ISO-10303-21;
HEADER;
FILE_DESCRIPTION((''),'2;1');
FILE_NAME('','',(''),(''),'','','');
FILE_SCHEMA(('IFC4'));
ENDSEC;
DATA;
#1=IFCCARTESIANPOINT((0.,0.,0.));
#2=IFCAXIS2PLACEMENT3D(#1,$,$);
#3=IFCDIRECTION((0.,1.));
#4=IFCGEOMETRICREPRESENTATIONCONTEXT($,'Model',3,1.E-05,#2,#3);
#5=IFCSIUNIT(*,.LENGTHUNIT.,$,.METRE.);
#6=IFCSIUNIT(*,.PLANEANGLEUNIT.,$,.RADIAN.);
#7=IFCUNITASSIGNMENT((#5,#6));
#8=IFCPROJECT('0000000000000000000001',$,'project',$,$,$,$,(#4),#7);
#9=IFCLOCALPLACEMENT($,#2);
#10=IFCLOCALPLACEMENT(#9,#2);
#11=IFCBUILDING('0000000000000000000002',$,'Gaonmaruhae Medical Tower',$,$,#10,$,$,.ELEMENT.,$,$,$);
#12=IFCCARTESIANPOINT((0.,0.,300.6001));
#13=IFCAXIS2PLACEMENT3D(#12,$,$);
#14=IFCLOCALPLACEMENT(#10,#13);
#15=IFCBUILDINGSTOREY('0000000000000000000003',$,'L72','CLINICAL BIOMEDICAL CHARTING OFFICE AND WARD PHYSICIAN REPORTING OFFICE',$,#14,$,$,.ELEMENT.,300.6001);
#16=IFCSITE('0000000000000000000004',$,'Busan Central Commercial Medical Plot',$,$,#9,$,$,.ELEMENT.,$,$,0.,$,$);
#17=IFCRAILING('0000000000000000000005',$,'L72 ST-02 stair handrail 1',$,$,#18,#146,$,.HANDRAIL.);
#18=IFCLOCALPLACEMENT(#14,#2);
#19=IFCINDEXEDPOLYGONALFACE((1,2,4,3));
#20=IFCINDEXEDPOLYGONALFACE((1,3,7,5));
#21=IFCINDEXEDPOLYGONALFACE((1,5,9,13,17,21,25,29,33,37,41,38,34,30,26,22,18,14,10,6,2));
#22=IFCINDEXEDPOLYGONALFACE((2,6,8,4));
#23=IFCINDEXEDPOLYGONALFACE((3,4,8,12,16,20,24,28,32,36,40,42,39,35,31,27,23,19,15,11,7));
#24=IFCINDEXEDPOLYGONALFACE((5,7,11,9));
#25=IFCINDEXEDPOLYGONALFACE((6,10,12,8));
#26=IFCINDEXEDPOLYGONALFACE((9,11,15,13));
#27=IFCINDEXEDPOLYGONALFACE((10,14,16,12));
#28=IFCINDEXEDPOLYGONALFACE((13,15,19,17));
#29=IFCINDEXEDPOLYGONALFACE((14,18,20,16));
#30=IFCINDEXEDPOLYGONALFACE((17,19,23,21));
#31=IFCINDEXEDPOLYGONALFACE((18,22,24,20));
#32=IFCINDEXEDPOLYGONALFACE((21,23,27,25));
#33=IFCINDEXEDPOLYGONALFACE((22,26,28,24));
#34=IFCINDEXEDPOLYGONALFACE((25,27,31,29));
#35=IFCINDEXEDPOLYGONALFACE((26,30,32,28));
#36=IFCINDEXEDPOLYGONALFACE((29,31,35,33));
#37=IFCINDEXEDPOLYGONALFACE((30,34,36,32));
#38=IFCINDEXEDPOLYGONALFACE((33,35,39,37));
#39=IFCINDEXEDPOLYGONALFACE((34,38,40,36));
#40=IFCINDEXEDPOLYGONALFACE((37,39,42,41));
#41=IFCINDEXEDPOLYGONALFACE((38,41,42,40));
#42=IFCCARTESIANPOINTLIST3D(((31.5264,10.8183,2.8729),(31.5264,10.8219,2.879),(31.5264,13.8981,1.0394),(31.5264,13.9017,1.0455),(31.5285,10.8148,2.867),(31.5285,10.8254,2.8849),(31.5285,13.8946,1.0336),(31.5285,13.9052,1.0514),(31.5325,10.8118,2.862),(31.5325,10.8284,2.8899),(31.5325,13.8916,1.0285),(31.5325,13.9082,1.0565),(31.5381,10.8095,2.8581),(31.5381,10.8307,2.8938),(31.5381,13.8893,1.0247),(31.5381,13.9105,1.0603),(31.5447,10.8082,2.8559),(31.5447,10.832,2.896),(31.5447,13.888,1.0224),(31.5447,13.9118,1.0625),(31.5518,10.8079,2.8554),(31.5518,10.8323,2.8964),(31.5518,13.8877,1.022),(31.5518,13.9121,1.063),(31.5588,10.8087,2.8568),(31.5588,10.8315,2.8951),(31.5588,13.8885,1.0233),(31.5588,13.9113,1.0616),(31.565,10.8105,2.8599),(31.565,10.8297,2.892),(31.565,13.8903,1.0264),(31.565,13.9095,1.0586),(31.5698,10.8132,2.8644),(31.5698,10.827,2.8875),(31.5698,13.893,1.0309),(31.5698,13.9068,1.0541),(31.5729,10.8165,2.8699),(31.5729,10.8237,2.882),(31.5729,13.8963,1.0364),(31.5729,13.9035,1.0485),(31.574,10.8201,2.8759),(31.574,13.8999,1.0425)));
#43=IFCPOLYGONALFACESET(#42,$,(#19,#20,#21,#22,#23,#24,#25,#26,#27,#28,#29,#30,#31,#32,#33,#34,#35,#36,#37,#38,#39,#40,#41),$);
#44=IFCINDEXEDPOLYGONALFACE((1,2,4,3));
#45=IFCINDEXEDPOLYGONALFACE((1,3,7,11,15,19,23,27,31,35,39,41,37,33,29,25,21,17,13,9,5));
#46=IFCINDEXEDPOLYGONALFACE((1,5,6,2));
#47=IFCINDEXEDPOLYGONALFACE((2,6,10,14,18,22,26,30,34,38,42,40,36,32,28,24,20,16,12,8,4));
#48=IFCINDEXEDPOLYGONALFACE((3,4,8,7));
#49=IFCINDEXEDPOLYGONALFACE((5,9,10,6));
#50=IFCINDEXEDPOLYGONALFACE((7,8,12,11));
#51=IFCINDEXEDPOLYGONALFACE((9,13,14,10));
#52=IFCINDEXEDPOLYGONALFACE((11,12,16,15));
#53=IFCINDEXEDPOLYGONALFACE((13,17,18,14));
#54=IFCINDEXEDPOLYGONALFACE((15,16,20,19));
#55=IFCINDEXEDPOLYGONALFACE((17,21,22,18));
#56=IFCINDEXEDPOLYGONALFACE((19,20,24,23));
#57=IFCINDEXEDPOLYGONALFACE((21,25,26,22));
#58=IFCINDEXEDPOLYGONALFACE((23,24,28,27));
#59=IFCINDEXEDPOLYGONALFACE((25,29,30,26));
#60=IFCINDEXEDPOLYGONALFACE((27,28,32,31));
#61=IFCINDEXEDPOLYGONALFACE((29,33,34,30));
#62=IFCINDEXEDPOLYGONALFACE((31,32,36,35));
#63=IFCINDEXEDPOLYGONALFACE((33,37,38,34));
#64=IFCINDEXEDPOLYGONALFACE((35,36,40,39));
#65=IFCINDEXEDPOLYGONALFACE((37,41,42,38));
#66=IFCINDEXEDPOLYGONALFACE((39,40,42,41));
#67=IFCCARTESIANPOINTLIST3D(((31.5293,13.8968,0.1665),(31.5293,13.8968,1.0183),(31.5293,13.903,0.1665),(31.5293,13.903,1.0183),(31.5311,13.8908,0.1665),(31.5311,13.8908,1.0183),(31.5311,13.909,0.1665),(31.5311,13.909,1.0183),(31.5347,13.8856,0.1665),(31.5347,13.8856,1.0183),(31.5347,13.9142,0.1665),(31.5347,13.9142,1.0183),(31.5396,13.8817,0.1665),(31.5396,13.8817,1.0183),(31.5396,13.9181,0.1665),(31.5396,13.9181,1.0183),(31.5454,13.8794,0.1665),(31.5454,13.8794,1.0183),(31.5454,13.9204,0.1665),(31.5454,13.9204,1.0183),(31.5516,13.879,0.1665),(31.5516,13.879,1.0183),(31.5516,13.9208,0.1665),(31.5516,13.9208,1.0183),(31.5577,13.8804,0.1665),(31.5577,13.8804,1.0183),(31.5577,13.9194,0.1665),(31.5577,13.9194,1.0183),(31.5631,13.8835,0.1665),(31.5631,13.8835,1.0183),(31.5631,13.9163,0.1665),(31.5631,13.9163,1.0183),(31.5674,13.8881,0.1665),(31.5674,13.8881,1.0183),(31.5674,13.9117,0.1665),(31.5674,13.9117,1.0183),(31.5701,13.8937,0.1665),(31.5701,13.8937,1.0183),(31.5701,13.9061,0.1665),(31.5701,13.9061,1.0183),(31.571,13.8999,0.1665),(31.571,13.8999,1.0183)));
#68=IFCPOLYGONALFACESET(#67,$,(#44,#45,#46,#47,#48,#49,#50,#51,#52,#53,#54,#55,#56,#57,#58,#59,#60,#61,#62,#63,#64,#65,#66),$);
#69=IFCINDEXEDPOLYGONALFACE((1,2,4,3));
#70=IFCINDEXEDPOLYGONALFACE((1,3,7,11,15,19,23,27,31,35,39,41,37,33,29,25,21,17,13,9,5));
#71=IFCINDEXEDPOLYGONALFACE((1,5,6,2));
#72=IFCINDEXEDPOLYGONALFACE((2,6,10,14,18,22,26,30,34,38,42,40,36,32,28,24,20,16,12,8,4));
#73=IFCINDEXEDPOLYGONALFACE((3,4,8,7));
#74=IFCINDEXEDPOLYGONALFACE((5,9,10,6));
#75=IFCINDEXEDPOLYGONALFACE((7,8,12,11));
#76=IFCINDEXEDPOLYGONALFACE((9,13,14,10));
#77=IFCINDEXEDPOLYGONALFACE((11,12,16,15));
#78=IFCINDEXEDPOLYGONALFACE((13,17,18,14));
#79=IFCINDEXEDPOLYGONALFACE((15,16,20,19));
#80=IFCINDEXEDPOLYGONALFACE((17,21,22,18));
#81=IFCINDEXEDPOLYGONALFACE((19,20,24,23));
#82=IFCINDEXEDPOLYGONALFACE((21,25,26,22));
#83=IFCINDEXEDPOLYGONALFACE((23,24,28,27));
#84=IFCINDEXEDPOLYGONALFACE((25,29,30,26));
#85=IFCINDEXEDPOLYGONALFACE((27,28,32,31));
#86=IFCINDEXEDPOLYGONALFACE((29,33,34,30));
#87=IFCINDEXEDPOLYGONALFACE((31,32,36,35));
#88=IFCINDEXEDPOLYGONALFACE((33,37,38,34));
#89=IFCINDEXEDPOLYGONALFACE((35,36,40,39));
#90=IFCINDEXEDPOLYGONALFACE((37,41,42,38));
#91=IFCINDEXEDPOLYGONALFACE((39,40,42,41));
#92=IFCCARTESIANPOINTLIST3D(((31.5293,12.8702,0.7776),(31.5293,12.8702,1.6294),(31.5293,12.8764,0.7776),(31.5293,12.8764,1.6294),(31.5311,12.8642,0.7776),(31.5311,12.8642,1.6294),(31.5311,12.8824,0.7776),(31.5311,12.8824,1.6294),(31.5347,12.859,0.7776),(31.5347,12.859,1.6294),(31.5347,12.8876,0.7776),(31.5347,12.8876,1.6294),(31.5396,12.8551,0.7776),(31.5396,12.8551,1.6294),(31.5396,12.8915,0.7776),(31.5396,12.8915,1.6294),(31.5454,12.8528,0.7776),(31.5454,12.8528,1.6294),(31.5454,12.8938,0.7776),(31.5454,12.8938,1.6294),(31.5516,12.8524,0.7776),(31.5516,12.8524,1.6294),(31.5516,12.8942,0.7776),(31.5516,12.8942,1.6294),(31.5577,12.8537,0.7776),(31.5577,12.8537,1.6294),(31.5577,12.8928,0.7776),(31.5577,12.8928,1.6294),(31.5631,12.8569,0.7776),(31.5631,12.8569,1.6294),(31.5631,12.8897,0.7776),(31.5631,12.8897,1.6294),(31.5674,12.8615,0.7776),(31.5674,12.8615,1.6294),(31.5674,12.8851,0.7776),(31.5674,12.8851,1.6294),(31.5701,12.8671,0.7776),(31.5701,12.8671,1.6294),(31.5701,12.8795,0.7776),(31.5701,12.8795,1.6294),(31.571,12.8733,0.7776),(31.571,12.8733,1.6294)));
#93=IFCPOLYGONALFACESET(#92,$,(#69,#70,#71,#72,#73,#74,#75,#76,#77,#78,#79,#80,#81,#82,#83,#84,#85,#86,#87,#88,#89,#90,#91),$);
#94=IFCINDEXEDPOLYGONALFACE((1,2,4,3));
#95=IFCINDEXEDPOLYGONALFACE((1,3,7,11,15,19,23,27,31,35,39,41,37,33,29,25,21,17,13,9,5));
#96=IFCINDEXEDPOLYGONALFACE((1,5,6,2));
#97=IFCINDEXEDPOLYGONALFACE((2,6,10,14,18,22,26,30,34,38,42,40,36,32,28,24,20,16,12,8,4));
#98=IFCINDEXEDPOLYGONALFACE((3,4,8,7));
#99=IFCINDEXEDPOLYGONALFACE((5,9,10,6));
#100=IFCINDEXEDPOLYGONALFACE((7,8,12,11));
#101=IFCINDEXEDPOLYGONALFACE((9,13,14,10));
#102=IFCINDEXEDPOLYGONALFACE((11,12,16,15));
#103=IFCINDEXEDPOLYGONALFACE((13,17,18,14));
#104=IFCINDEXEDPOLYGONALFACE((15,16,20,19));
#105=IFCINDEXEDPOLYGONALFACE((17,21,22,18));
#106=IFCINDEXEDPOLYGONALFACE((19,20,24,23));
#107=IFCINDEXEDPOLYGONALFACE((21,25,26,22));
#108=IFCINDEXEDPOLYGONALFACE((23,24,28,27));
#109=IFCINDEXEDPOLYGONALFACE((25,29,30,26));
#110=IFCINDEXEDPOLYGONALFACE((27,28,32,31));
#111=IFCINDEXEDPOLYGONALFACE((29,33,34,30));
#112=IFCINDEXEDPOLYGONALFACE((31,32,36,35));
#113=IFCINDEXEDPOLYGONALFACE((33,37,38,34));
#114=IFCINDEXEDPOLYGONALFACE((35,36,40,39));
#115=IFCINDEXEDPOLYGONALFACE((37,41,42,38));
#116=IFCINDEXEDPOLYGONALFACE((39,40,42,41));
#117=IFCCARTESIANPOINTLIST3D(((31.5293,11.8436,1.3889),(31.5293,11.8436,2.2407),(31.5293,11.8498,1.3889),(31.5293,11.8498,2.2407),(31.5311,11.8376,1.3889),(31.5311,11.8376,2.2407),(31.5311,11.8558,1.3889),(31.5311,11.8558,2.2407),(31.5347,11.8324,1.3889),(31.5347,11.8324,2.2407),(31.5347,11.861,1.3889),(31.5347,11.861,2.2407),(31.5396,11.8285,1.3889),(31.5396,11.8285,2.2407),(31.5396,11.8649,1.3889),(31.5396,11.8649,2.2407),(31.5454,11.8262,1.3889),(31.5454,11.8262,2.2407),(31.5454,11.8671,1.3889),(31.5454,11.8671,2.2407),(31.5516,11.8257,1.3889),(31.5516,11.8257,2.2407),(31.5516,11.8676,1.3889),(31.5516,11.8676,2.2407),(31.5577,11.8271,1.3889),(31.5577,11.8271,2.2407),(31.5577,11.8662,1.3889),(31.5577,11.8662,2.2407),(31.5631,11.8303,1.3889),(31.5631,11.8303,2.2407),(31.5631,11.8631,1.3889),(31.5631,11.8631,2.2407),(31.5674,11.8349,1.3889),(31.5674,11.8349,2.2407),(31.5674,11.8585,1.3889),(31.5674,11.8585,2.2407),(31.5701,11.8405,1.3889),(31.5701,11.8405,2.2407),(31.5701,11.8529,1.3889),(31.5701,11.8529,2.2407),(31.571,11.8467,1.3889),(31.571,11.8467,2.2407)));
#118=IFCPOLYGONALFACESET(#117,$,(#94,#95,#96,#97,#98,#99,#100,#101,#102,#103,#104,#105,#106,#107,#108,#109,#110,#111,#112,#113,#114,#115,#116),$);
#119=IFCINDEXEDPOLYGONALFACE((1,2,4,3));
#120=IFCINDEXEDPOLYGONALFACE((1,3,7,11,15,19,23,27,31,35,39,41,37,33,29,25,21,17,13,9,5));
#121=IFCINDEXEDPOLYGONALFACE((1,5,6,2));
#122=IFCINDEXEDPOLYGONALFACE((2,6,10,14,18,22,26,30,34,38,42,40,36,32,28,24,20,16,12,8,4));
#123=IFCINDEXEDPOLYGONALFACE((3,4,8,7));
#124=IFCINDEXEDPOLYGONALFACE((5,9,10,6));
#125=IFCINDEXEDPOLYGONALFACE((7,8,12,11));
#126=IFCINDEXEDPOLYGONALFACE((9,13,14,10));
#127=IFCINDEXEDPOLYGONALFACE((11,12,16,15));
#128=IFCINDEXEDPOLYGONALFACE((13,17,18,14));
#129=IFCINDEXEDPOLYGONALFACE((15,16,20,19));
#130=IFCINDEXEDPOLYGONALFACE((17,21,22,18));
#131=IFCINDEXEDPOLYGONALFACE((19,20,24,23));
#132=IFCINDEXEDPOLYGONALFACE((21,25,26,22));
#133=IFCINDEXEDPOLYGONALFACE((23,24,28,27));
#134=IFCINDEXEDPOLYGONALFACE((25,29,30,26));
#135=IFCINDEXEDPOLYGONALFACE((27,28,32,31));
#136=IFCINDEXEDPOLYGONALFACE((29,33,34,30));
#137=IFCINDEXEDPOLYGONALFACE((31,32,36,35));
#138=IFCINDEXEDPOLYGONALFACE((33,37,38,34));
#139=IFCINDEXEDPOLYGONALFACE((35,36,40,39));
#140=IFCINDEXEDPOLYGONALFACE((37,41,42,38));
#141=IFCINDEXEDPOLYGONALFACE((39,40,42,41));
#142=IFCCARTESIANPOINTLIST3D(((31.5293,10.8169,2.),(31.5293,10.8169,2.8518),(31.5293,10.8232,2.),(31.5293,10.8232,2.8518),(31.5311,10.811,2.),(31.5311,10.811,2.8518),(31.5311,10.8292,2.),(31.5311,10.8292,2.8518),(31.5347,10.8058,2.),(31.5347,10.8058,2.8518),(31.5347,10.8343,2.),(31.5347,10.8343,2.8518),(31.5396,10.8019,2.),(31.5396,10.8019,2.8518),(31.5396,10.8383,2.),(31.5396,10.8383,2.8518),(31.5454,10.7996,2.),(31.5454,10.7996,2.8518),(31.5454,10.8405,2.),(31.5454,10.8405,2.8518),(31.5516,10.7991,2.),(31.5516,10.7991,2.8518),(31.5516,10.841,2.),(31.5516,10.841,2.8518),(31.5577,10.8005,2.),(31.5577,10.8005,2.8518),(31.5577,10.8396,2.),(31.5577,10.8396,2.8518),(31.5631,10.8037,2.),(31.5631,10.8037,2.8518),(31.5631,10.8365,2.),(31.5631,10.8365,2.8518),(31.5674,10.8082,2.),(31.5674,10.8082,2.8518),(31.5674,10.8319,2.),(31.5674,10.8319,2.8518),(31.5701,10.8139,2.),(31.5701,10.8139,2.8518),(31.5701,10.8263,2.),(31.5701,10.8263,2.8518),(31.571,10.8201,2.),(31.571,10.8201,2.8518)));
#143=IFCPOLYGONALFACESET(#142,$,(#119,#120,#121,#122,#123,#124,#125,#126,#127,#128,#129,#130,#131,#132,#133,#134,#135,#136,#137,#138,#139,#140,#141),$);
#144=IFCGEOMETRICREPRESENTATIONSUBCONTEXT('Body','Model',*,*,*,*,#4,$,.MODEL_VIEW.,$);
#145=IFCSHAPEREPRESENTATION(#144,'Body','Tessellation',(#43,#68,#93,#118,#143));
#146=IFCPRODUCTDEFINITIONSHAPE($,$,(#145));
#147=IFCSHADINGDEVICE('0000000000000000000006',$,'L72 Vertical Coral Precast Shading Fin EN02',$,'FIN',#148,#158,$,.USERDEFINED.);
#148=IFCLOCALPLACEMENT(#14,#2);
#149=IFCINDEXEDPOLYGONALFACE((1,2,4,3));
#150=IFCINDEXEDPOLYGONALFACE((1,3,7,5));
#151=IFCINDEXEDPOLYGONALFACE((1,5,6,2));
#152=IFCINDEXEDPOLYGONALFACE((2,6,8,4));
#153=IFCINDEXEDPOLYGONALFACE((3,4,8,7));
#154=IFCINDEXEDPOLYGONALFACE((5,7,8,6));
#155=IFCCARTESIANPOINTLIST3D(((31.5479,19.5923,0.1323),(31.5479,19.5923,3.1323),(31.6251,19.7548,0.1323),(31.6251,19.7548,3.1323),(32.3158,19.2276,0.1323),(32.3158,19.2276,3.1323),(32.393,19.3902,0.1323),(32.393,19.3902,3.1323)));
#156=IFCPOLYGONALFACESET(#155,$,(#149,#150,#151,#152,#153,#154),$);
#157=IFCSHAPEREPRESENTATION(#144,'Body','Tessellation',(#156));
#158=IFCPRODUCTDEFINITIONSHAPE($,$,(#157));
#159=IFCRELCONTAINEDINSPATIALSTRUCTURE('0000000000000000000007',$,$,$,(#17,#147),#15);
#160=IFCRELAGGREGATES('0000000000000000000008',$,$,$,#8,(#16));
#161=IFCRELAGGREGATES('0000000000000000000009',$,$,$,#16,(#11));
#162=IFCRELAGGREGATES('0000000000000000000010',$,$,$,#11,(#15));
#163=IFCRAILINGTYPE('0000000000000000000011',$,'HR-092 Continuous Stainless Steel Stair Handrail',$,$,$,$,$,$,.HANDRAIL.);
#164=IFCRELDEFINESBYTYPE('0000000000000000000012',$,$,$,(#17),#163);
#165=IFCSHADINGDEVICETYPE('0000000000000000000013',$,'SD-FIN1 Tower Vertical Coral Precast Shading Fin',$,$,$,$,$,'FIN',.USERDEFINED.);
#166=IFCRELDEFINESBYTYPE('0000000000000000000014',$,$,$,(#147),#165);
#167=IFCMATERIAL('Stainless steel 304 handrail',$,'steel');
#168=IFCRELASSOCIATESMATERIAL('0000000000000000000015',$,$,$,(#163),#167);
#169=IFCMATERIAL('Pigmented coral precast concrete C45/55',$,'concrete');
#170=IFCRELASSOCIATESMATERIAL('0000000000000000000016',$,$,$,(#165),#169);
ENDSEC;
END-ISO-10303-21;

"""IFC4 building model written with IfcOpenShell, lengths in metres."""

from ifc_helpers import new_model, si_unit, direction, frame, origin, origin_2d, place, context, subcontext, project, spatial, rectangle, circle, extrude, material, type_object, element, save


model = new_model("IFC4")

# Units and contexts
model_context = context("Model", 3, precision=1e-05, world=origin(), true_north=direction((0.0, 1.0)))
body_context = subcontext(model_context, "Body", "Model", "MODEL_VIEW")
ifc_project = project(units=[si_unit("LENGTHUNIT", "METRE"), si_unit("PLANEANGLEUNIT", "RADIAN")], contexts=[model_context])

# Site, building, storey
site_placement = place(None, origin())
site = spatial("IfcSite", under=ifc_project, at=site_placement, Name="Busan Central Commercial Medical Plot", CompositionType="ELEMENT", RefElevation=0.0)
building_placement = place(site_placement, origin())
building = spatial("IfcBuilding", under=site, at=building_placement, Name="Gaonmaruhae Medical Tower", CompositionType="ELEMENT")
storey_placement = place(building_placement, frame((0.0, 0.0, 300.6001)))
storey = spatial("IfcBuildingStorey", under=building, at=storey_placement, Name="L72", Description="CLINICAL BIOMEDICAL CHARTING OFFICE AND WARD PHYSICIAN REPORTING OFFICE", CompositionType="ELEMENT", Elevation=300.6001)

# Railing
ifc_material_1 = material(Name="Stainless steel 304 handrail", Category="steel")
railing_type_1 = type_object("IfcRailingType", Name="HR-092 Continuous Stainless Steel Stair Handrail", PredefinedType="HANDRAIL", material=ifc_material_1)
railing_1_placement = place(storey_placement, frame((31.55, 13.8999, 0.1665)))
element("IfcRailing", 1, at=railing_1_placement, inside=storey, type_object=railing_type_1, Name="L72 ST-02 stair handrail 1", PredefinedType="HANDRAIL", context=body_context, shape_type="SweptSolid", body=[
    extrude(circle(Radius=0.0239, at=origin_2d()), frame((0.0, 0.0, 0.876), z_axis=(0.0, -0.859261, 0.511538), x_axis=(1.0, 0.0, 0.0)), (0.0, 0.0, 1.0), 3.5842),
    extrude(circle(Radius=0.021, at=origin_2d()), origin(), (0.0, 0.0, 1.0), 0.8518),
    extrude(circle(Radius=0.021, at=origin_2d()), frame((0.0, -1.0266, 0.6111)), (0.0, 0.0, 1.0), 0.8518),
    extrude(circle(Radius=0.021, at=origin_2d()), frame((0.0, -2.0532, 1.2224)), (0.0, 0.0, 1.0), 0.8518),
    extrude(circle(Radius=0.021, at=origin_2d()), frame((0.0, -3.0798, 1.8335)), (0.0, 0.0, 1.0), 0.8518),
])

# Shading device
ifc_material_2 = material(Name="Pigmented coral precast concrete C45/55", Category="concrete")
shading_device_type = type_object("IfcShadingDeviceType", Name="SD-FIN1 Tower Vertical Coral Precast Shading Fin", ElementType="FIN", PredefinedType="USERDEFINED", material=ifc_material_2)
shading_device_placement = place(storey_placement, frame((31.9705, 19.4912, 0.1323), z_axis=(0.0, 0.0, 1.0), x_axis=(0.428935, 0.903335, 0.0)))
element("IfcShadingDevice", 2, at=shading_device_placement, inside=storey, type_object=shading_device_type, Name="L72 Vertical Coral Precast Shading Fin EN02", ObjectType="FIN", PredefinedType="USERDEFINED", context=body_context, shape_type="SweptSolid", body=[
    extrude(rectangle(XDim=0.1799, YDim=0.8501, at=origin_2d()), origin(), (0.0, 0.0, 1.0), 3.0),
])

save(model, "model.ifc")
